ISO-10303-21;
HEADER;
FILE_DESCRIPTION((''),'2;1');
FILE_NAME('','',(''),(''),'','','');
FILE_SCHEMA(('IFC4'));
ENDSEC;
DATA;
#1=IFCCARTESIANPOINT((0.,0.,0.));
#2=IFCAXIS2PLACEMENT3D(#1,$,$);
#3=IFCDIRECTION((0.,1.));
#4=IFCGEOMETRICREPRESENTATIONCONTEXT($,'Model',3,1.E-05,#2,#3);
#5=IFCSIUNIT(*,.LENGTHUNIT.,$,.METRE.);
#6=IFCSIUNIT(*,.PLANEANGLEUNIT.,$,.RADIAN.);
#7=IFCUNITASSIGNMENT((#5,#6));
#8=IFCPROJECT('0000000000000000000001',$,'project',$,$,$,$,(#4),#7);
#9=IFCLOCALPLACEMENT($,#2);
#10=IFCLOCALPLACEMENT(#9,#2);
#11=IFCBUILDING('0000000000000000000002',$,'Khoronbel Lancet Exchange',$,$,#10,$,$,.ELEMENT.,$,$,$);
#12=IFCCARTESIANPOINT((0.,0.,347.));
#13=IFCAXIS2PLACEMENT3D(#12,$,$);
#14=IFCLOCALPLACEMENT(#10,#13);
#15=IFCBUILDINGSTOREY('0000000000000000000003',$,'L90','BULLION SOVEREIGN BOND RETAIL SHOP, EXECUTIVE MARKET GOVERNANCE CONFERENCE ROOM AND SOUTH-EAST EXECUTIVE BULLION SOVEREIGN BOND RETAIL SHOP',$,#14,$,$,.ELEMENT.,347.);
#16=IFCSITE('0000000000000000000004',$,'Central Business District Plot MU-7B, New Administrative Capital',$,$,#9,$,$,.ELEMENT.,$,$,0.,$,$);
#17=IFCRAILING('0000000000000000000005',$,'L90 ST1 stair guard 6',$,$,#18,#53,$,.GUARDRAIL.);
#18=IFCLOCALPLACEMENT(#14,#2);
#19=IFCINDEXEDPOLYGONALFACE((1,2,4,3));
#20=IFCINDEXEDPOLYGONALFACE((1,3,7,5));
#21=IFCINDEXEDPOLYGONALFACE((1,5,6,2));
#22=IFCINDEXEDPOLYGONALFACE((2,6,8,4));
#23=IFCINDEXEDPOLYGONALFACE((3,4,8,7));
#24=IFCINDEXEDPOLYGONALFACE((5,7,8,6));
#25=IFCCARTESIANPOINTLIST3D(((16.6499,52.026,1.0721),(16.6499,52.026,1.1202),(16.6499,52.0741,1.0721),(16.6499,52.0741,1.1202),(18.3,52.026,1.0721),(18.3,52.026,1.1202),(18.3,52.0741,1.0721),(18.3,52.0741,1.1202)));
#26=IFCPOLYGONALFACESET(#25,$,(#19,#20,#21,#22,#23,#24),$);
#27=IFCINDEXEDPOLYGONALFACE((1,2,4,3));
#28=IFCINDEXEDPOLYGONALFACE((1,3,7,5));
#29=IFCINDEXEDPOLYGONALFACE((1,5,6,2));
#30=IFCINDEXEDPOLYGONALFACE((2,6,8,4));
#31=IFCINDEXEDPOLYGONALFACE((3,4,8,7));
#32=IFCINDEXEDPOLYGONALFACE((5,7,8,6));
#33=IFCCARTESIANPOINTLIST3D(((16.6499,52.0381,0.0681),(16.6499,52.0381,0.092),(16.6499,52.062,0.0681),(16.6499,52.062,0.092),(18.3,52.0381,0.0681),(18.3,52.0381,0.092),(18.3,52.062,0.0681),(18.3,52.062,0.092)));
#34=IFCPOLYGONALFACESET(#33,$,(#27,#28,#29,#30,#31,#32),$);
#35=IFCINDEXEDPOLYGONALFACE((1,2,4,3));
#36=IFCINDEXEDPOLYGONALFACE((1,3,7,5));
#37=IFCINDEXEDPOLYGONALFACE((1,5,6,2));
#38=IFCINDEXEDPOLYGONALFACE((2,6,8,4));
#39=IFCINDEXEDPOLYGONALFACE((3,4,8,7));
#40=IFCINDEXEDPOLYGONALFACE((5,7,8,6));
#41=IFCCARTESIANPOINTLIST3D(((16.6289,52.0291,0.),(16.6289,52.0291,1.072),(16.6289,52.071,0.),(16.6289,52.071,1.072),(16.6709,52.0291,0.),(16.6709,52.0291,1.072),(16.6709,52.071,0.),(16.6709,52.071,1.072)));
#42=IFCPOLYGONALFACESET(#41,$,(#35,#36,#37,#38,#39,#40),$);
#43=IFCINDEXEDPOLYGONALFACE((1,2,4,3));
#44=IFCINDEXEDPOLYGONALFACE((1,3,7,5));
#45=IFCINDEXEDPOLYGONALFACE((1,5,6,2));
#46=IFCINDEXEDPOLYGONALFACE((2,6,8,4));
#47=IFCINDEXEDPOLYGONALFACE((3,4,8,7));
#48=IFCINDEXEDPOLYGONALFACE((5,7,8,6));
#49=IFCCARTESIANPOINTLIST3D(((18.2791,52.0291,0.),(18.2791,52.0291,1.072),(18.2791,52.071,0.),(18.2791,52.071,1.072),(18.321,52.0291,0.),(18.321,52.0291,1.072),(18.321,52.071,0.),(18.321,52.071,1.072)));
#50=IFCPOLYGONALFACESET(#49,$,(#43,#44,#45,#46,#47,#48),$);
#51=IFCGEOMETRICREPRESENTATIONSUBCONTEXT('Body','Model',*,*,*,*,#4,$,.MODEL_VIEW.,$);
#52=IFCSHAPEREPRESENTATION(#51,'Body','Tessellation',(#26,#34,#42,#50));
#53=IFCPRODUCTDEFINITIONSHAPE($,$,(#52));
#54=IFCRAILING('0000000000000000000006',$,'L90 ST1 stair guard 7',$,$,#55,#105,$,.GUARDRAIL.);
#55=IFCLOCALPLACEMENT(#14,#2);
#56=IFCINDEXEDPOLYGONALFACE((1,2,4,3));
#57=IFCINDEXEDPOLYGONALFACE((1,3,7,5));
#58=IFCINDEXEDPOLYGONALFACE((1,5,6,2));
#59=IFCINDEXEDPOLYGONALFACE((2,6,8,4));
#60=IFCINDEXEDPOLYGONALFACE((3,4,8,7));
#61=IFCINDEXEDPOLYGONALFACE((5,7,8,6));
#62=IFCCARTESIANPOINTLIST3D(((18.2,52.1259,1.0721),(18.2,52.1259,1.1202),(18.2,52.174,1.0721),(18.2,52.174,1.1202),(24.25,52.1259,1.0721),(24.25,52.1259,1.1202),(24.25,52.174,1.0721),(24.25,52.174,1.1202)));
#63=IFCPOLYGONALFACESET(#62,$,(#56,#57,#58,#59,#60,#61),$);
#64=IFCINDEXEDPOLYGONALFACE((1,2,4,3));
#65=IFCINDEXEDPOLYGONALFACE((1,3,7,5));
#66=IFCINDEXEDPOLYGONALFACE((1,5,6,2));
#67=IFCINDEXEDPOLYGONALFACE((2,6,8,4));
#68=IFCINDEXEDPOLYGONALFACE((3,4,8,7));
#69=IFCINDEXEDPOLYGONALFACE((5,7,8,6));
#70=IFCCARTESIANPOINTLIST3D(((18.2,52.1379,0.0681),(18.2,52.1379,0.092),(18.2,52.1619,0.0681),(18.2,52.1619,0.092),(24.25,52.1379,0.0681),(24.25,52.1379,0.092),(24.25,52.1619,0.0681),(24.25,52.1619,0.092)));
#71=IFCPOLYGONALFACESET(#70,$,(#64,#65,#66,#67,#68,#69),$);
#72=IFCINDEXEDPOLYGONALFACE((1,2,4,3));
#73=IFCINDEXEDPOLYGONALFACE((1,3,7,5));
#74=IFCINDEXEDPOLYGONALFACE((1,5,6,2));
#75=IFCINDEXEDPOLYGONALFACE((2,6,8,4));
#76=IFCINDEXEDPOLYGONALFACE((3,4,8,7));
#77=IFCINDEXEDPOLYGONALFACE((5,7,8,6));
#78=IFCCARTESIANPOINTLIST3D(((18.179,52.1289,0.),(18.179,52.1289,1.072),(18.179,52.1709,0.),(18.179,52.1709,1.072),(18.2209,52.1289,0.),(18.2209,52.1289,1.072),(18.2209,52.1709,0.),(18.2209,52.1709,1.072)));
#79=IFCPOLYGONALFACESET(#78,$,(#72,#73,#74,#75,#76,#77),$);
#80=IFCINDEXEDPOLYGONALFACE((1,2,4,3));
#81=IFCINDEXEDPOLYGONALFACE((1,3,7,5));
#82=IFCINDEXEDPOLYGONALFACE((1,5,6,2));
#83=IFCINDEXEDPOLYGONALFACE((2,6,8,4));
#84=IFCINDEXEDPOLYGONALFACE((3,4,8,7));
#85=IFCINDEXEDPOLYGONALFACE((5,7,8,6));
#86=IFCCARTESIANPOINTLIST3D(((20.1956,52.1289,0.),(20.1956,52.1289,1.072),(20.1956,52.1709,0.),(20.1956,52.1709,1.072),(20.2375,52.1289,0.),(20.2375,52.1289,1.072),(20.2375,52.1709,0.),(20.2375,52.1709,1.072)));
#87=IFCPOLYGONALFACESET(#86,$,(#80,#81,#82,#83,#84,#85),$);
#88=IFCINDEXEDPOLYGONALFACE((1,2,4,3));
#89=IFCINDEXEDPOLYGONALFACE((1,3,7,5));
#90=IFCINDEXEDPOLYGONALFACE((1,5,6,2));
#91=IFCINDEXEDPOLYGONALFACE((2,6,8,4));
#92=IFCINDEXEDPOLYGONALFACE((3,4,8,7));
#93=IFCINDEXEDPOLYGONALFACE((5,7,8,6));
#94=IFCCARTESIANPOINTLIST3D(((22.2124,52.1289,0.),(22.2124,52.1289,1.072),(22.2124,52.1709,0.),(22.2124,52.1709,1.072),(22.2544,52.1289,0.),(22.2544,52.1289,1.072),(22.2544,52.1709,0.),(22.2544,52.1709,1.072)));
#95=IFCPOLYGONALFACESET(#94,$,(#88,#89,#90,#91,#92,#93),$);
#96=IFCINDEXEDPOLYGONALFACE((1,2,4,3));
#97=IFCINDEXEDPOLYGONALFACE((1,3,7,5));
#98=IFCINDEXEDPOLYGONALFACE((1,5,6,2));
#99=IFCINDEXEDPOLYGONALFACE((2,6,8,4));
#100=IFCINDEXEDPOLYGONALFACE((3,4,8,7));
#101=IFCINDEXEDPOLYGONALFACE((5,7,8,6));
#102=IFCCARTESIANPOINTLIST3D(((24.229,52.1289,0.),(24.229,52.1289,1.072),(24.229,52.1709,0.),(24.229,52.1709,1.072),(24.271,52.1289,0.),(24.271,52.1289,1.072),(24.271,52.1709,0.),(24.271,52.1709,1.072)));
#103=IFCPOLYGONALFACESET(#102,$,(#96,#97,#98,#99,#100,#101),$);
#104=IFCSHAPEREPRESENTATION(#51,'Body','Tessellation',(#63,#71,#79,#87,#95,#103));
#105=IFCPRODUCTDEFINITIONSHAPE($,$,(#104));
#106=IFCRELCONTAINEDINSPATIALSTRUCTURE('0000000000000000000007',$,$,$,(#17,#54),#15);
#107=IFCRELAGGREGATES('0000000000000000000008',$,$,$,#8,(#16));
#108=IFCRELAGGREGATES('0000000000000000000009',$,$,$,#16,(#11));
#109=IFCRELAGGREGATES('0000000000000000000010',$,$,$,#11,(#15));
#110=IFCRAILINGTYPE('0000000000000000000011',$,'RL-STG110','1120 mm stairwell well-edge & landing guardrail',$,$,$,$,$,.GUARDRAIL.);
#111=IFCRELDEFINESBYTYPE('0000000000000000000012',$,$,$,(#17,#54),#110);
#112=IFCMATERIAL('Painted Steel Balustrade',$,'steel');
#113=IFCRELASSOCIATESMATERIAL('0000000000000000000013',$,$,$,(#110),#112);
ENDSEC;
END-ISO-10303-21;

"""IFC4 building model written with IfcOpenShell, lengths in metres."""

from ifc_helpers import new_model, si_unit, direction, frame, origin, origin_2d, place, context, subcontext, project, spatial, rectangle, extrude, material, type_object, element, save


model = new_model("IFC4")

# Units and contexts
model_context = context("Model", 3, precision=1e-05, world=origin(), true_north=direction((0.0, 1.0)))
body_context = subcontext(model_context, "Body", "Model", "MODEL_VIEW")
ifc_project = project(units=[si_unit("LENGTHUNIT", "METRE"), si_unit("PLANEANGLEUNIT", "RADIAN")], contexts=[model_context])

# Site, building, storey
site_placement = place(None, origin())
site = spatial("IfcSite", under=ifc_project, at=site_placement, Name="Central Business District Plot MU-7B, New Administrative Capital", CompositionType="ELEMENT", RefElevation=0.0)
building_placement = place(site_placement, origin())
building = spatial("IfcBuilding", under=site, at=building_placement, Name="Khoronbel Lancet Exchange", CompositionType="ELEMENT")
storey_placement = place(building_placement, frame((0.0, 0.0, 347.0)))
storey = spatial("IfcBuildingStorey", under=building, at=storey_placement, Name="L90", Description="BULLION SOVEREIGN BOND RETAIL SHOP, EXECUTIVE MARKET GOVERNANCE CONFERENCE ROOM AND SOUTH-EAST EXECUTIVE BULLION SOVEREIGN BOND RETAIL SHOP", CompositionType="ELEMENT", Elevation=347.0)

# Railings
ifc_material_1 = material(Name="Painted Steel Balustrade", Category="steel")
railing_type = type_object("IfcRailingType", Name="RL-STG110", Description="1120 mm stairwell well-edge & landing guardrail", PredefinedType="GUARDRAIL", material=ifc_material_1)
railing_1_placement = place(storey_placement, frame((16.6499, 52.05, 0.0)))
element("IfcRailing", 1, at=railing_1_placement, inside=storey, type_object=railing_type, Name="L90 ST1 stair guard 6", PredefinedType="GUARDRAIL", context=body_context, shape_type="SweptSolid", body=[
    extrude(rectangle(XDim=0.0481, YDim=0.0481, at=origin_2d()), frame((0.0, 0.0, 1.0962), z_axis=(1.0, 0.0, 0.0), x_axis=(0.0, 1.0, 0.0)), (0.0, 0.0, 1.0), 1.6501),
    extrude(rectangle(XDim=0.0239, YDim=0.0239, at=origin_2d()), frame((0.0, 0.0, 0.0801), z_axis=(1.0, 0.0, 0.0), x_axis=(0.0, 1.0, 0.0)), (0.0, 0.0, 1.0), 1.6501),
    extrude(rectangle(XDim=0.042, YDim=0.042, at=origin_2d()), origin(), (0.0, 0.0, 1.0), 1.072),
    extrude(rectangle(XDim=0.042, YDim=0.042, at=origin_2d()), frame((1.6501, 0.0, 0.0)), (0.0, 0.0, 1.0), 1.072),
])
railing_2_placement = place(storey_placement, frame((18.2, 52.1499, 0.0)))
element("IfcRailing", 2, at=railing_2_placement, inside=storey, type_object=railing_type, Name="L90 ST1 stair guard 7", PredefinedType="GUARDRAIL", context=body_context, shape_type="SweptSolid", body=[
    extrude(rectangle(XDim=0.0481, YDim=0.0481, at=origin_2d()), frame((0.0, 0.0, 1.0962), z_axis=(1.0, 0.0, 0.0), x_axis=(0.0, 1.0, 0.0)), (0.0, 0.0, 1.0), 6.05),
    extrude(rectangle(XDim=0.0239, YDim=0.0239, at=origin_2d()), frame((0.0, 0.0, 0.0801), z_axis=(1.0, 0.0, 0.0), x_axis=(0.0, 1.0, 0.0)), (0.0, 0.0, 1.0), 6.05),
    extrude(rectangle(XDim=0.042, YDim=0.042, at=origin_2d()), origin(), (0.0, 0.0, 1.0), 1.072),
    extrude(rectangle(XDim=0.042, YDim=0.042, at=origin_2d()), frame((2.0166, 0.0, 0.0)), (0.0, 0.0, 1.0), 1.072),
    extrude(rectangle(XDim=0.042, YDim=0.042, at=origin_2d()), frame((4.0334, 0.0, 0.0)), (0.0, 0.0, 1.0), 1.072),
    extrude(rectangle(XDim=0.042, YDim=0.042, at=origin_2d()), frame((6.05, 0.0, 0.0)), (0.0, 0.0, 1.0), 1.072),
])

save(model, "model.ifc")
